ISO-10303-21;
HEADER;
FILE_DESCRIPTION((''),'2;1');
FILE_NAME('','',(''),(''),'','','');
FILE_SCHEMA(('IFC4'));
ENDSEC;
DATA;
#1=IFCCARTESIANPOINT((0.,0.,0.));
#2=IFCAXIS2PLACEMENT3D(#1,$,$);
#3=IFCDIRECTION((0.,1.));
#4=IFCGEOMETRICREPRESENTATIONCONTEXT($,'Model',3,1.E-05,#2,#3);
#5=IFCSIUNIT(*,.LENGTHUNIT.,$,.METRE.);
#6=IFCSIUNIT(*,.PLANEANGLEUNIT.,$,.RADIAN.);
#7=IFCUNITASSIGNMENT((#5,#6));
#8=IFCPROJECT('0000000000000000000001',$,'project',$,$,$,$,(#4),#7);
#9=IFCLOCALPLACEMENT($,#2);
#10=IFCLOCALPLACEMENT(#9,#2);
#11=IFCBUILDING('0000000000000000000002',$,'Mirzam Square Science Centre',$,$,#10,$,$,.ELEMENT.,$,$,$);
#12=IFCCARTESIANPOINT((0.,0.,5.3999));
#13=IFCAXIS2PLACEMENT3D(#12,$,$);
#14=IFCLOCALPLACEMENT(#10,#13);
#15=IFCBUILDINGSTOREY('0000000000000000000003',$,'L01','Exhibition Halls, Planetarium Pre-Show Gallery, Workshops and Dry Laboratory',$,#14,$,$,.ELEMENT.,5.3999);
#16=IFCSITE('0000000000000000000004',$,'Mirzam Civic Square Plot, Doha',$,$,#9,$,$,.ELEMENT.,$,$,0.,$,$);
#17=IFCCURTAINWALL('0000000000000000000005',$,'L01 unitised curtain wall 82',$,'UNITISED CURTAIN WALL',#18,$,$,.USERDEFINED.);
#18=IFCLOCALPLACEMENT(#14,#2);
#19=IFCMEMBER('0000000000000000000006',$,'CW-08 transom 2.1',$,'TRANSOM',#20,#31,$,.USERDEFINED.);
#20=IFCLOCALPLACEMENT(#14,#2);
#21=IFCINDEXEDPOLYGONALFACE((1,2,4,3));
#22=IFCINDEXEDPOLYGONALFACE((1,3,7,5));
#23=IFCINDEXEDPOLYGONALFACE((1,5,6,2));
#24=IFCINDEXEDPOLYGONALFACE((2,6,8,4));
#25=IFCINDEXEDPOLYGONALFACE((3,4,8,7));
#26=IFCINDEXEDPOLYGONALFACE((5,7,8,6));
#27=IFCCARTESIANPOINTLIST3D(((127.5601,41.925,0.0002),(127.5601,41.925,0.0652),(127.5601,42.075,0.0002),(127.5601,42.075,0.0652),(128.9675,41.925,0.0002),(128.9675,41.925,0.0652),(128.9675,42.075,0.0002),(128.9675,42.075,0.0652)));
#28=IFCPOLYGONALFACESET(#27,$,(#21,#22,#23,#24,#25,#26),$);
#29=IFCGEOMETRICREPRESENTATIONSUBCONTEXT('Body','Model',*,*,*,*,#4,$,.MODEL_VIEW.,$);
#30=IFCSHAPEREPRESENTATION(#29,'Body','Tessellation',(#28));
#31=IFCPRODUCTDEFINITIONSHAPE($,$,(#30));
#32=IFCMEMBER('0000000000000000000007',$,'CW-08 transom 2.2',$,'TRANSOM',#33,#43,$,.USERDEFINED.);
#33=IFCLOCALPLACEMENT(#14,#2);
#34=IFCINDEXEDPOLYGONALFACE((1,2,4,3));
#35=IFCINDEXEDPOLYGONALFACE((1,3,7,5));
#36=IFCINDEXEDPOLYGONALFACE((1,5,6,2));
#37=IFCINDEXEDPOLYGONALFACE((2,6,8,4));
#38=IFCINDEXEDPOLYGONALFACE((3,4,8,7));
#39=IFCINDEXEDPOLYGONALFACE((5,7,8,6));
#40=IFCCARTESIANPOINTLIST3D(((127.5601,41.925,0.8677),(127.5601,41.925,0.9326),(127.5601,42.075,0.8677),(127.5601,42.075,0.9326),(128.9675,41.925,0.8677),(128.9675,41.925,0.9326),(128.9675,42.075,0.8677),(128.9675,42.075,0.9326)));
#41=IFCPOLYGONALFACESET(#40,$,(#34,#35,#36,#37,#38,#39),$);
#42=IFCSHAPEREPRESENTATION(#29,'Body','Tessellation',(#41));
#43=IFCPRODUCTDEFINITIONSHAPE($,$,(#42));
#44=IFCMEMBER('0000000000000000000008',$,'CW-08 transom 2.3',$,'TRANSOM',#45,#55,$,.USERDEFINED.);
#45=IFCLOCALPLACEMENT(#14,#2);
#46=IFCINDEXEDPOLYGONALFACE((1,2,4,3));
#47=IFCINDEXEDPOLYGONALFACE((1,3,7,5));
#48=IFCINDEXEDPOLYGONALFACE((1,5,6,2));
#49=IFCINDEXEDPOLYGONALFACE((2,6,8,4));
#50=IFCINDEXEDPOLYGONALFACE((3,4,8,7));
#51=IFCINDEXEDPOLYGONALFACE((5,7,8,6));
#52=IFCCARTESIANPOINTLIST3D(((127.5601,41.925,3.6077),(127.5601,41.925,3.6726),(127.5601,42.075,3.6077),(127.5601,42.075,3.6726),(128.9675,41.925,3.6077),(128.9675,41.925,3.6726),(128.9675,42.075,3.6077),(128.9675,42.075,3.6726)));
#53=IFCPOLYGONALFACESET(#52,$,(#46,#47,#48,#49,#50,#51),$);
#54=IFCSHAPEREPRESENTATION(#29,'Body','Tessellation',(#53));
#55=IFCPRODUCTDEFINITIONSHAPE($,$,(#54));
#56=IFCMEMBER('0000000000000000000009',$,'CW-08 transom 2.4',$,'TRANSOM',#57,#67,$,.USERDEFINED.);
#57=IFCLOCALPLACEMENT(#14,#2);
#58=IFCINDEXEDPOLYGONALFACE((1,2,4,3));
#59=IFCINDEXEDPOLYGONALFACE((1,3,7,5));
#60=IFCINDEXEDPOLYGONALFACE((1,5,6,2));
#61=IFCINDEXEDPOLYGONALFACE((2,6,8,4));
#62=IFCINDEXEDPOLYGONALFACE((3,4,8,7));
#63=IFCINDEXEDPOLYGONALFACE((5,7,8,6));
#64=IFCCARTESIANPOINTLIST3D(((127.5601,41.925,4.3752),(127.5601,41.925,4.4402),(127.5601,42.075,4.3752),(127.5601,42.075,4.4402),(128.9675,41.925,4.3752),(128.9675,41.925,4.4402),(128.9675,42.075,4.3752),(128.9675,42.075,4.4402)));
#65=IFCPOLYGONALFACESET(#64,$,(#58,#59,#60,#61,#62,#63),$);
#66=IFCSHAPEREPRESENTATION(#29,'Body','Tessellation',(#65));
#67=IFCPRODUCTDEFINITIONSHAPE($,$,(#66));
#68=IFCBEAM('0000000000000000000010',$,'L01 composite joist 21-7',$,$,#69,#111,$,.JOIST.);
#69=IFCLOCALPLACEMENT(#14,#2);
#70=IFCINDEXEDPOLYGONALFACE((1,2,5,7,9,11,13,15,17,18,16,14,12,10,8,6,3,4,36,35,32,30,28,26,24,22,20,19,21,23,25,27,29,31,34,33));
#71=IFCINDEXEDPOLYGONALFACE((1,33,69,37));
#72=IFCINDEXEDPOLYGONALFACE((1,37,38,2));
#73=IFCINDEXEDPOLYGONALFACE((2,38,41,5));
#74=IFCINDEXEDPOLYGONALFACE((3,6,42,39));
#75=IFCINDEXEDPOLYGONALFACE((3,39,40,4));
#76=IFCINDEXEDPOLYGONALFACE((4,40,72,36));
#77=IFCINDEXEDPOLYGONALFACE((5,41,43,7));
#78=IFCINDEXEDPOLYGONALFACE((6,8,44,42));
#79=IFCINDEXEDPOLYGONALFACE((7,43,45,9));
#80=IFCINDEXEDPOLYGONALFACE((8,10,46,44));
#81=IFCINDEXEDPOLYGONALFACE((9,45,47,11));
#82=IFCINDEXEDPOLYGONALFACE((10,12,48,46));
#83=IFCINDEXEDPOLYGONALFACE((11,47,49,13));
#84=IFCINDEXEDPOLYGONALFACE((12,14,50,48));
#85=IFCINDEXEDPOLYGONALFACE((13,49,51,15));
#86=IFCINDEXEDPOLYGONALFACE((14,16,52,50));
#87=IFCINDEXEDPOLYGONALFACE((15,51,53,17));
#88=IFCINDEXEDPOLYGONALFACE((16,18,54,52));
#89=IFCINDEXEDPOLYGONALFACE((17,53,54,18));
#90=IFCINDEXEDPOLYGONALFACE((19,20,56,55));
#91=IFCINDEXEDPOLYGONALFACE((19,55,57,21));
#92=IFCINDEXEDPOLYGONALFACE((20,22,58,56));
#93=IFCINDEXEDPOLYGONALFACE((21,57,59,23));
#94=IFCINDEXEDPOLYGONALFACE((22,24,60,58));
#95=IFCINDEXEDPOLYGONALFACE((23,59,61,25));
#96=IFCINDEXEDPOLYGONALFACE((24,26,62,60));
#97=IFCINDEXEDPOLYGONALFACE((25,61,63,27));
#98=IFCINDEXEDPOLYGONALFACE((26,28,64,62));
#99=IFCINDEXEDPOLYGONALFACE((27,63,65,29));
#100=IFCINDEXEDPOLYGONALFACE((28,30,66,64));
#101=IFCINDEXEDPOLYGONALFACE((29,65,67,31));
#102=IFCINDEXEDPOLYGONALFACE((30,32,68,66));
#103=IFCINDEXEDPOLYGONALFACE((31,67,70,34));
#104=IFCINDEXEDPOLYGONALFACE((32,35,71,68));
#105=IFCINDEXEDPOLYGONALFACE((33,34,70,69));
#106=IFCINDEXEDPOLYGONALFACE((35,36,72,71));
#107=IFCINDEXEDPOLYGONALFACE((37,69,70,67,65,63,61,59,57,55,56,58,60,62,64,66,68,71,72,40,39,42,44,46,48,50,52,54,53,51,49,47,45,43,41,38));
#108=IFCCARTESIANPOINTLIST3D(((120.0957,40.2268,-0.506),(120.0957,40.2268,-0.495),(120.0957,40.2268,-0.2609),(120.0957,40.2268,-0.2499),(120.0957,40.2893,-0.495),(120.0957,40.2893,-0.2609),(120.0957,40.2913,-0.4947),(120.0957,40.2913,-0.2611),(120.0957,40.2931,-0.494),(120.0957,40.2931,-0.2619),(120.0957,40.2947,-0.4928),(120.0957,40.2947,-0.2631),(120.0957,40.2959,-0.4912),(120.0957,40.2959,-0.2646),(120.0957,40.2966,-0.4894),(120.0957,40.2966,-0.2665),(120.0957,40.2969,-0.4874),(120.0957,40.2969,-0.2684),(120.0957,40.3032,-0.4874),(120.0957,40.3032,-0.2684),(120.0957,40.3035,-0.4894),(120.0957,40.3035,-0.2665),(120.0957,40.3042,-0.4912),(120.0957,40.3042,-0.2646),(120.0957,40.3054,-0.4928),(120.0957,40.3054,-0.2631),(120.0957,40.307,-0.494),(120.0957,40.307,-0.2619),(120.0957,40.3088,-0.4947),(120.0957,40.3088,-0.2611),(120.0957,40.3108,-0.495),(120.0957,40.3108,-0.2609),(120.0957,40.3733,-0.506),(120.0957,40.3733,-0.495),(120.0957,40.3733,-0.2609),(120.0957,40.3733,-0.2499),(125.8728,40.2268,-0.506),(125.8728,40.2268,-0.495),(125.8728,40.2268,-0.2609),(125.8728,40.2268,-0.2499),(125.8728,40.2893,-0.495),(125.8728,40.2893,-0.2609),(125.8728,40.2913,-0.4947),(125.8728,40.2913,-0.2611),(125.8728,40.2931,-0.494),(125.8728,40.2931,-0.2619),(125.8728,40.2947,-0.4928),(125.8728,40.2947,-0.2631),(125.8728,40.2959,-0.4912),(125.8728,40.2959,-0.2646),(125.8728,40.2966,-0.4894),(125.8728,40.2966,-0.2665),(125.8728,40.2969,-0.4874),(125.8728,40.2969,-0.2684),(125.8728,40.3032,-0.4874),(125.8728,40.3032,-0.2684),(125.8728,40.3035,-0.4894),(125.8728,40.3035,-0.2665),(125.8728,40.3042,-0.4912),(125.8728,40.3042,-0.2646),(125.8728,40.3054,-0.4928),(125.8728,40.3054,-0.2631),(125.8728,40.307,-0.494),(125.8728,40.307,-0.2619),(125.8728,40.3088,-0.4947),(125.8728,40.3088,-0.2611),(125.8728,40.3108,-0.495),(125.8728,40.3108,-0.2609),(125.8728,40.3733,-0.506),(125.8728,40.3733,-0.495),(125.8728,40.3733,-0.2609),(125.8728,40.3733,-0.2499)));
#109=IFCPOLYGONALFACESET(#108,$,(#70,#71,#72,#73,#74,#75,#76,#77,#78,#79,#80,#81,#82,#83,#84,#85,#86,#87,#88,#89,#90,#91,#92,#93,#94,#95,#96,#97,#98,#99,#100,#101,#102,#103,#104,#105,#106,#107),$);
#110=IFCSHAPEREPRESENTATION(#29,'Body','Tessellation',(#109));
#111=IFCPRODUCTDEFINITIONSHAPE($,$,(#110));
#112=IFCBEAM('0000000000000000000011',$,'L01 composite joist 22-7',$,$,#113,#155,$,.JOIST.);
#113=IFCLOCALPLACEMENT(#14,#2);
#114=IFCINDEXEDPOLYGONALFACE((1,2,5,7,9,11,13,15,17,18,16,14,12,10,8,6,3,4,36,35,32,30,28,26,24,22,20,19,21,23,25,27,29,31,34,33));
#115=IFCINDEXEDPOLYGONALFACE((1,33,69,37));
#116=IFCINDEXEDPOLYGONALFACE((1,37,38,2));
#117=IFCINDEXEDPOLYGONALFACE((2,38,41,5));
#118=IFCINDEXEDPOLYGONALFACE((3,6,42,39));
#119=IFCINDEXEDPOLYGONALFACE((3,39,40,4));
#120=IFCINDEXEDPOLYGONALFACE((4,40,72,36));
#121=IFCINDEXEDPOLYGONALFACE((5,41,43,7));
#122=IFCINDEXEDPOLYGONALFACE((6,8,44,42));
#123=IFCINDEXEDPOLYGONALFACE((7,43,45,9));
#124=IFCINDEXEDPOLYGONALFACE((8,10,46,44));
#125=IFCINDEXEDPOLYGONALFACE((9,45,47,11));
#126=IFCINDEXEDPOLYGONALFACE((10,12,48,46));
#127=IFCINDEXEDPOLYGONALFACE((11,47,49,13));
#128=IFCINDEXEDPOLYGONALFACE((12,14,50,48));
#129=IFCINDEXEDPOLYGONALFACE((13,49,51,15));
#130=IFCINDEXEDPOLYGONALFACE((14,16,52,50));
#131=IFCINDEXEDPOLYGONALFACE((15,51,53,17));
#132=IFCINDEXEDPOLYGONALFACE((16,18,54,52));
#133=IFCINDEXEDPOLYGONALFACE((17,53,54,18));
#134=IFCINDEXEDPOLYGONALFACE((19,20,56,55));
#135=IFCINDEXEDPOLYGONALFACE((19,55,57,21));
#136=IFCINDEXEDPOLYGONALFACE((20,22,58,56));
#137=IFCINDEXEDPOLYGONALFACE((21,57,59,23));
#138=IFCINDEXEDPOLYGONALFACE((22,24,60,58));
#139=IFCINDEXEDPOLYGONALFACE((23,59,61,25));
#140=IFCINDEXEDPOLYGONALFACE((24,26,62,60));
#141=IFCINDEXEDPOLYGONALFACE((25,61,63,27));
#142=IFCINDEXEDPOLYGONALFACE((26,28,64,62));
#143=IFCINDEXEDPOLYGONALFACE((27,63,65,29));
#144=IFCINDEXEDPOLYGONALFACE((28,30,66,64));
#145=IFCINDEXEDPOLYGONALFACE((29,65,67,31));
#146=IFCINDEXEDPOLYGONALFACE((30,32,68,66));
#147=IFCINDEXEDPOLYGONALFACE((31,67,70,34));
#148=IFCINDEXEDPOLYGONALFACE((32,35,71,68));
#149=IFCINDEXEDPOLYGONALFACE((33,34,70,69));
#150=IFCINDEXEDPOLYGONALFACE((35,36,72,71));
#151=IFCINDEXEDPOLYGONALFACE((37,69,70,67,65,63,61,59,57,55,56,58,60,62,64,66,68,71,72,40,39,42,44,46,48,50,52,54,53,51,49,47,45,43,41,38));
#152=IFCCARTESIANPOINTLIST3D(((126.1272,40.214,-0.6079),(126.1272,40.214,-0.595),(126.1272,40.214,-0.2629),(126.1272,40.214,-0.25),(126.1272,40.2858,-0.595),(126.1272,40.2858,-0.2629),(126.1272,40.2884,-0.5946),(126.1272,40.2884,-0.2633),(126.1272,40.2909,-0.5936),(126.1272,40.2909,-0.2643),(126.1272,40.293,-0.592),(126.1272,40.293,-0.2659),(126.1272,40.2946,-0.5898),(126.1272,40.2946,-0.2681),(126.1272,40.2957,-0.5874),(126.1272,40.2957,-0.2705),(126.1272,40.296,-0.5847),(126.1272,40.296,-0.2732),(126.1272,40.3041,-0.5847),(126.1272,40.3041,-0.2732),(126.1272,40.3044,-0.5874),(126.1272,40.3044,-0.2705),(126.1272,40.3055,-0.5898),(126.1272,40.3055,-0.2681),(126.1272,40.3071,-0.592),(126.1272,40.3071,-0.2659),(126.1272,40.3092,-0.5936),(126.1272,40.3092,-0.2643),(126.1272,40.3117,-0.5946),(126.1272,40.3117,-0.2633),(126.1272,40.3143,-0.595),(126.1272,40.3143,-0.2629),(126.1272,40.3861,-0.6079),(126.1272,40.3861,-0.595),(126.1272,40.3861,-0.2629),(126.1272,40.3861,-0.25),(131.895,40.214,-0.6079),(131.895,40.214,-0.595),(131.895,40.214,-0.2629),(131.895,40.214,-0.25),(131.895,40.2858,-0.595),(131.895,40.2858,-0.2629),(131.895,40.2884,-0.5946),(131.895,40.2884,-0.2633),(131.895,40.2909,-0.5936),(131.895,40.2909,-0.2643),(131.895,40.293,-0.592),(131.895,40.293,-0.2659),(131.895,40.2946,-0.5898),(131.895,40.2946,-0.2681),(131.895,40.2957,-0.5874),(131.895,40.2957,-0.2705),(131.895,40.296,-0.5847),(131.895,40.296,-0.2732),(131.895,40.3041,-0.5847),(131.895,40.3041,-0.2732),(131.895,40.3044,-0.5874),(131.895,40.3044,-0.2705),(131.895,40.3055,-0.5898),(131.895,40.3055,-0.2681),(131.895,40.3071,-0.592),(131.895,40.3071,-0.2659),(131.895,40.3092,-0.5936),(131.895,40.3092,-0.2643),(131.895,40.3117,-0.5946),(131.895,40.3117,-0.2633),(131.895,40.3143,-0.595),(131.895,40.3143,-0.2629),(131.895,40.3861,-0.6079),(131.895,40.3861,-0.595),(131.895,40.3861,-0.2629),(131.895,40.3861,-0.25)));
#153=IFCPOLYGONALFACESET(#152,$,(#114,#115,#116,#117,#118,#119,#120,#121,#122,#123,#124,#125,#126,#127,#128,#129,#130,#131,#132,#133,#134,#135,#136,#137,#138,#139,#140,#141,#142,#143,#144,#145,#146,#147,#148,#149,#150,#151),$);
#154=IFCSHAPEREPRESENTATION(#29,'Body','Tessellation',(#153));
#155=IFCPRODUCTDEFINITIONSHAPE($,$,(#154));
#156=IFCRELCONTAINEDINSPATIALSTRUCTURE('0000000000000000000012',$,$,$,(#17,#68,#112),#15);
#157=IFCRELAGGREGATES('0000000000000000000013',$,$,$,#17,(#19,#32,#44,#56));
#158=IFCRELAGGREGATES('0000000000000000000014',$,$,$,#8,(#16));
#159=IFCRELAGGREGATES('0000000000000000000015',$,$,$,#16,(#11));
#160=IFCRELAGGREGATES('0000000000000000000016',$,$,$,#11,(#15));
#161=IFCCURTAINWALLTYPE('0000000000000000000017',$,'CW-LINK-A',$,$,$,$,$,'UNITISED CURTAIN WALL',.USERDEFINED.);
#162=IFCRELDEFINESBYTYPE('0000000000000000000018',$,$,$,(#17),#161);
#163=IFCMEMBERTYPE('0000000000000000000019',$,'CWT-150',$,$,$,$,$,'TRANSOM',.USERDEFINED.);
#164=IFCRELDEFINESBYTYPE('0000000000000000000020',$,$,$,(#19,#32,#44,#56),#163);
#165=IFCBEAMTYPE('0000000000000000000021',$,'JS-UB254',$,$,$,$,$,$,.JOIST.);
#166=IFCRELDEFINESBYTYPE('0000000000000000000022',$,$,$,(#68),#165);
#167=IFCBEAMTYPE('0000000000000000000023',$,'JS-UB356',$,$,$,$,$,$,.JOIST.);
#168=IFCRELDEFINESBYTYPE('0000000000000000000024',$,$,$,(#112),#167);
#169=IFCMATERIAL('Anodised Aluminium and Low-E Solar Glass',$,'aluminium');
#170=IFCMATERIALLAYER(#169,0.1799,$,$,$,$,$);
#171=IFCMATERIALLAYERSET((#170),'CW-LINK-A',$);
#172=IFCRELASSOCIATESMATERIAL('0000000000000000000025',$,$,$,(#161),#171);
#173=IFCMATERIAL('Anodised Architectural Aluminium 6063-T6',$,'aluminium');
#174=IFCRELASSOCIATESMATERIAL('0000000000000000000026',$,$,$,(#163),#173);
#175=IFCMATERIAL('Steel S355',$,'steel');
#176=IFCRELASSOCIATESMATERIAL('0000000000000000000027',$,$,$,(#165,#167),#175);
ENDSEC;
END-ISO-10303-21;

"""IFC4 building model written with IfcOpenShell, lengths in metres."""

from ifc_helpers import new_model, si_unit, direction, frame, origin, origin_2d, place, context, subcontext, project, spatial, rectangle, i_section, extrude, material, layer, layer_set, material_profile, profile_set, type_object, element, aggregate, save


model = new_model("IFC4")

# Units and contexts
model_context = context("Model", 3, precision=1e-05, world=origin(), true_north=direction((0.0, 1.0)))
body_context = subcontext(model_context, "Body", "Model", "MODEL_VIEW")
ifc_project = project(units=[si_unit("LENGTHUNIT", "METRE"), si_unit("PLANEANGLEUNIT", "RADIAN")], contexts=[model_context])

# Site, building, storey
site_placement = place(None, origin())
site = spatial("IfcSite", under=ifc_project, at=site_placement, Name="Mirzam Civic Square Plot, Doha", CompositionType="ELEMENT", RefElevation=0.0)
building_placement = place(site_placement, origin())
building = spatial("IfcBuilding", under=site, at=building_placement, Name="Mirzam Square Science Centre", CompositionType="ELEMENT")
storey_placement = place(building_placement, frame((0.0, 0.0, 5.3999)))
storey = spatial("IfcBuildingStorey", under=building, at=storey_placement, Name="L01", Description="Exhibition Halls, Planetarium Pre-Show Gallery, Workshops and Dry Laboratory", CompositionType="ELEMENT", Elevation=5.3999)

# Shared definitions
ifc_material_1 = material(Name="Steel S355", Category="steel")

# Curtain wall, members
ifc_material_2 = material(Name="Anodised Aluminium and Low-E Solar Glass", Category="aluminium")
ifc_layer_1 = layer(ifc_material_2, 0.1799)
ifc_layer_set_1 = layer_set([ifc_layer_1], Name="CW-LINK-A")
curtain_wall_type = type_object("IfcCurtainWallType", Name="CW-LINK-A", ElementType="UNITISED CURTAIN WALL", PredefinedType="USERDEFINED", material=ifc_layer_set_1)
curtain_wall_placement = place(storey_placement, origin())
curtain_wall = element("IfcCurtainWall", 1, at=curtain_wall_placement, inside=storey, type_object=curtain_wall_type, Name="L01 unitised curtain wall 82", ObjectType="UNITISED CURTAIN WALL", PredefinedType="USERDEFINED")
ifc_material_3 = material(Name="Anodised Architectural Aluminium 6063-T6", Category="aluminium")
ifc_material_profile_1 = material_profile(ifc_material_3, rectangle(XDim=0.1499, YDim=0.0649, at=origin_2d()), Name="ALU-TRAN-150x65x4")
ifc_profile_set_1 = profile_set([ifc_material_profile_1], Name="Anodised Architectural Aluminium 6063-T6")
member_type_1 = type_object("IfcMemberType", Name="CWT-150", ElementType="TRANSOM", PredefinedType="USERDEFINED", material=ifc_profile_set_1)
member_1_placement = place(storey_placement, frame((127.5601, 42.0, 0.0327), z_axis=(1.0, 0.0, 0.0), x_axis=(0.0, 1.0, 0.0)))
member_1 = element("IfcMember", 2, at=member_1_placement, type_object=member_type_1, Name="CW-08 transom 2.1", ObjectType="TRANSOM", PredefinedType="USERDEFINED", context=body_context, shape_type="SweptSolid", body=[
    extrude(rectangle(XDim=0.1499, YDim=0.0649, at=origin_2d()), origin(), (0.0, 0.0, 1.0), 1.4075),
])
member_2_placement = place(storey_placement, frame((127.5601, 42.0, 0.9001), z_axis=(1.0, 0.0, 0.0), x_axis=(0.0, 1.0, 0.0)))
member_2 = element("IfcMember", 3, at=member_2_placement, type_object=member_type_1, Name="CW-08 transom 2.2", ObjectType="TRANSOM", PredefinedType="USERDEFINED", context=body_context, shape_type="SweptSolid", body=[
    extrude(rectangle(XDim=0.1499, YDim=0.0649, at=origin_2d()), origin(), (0.0, 0.0, 1.0), 1.4075),
])
member_3_placement = place(storey_placement, frame((127.5601, 42.0, 3.6401), z_axis=(1.0, 0.0, 0.0), x_axis=(0.0, 1.0, 0.0)))
member_3 = element("IfcMember", 4, at=member_3_placement, type_object=member_type_1, Name="CW-08 transom 2.3", ObjectType="TRANSOM", PredefinedType="USERDEFINED", context=body_context, shape_type="SweptSolid", body=[
    extrude(rectangle(XDim=0.1499, YDim=0.0649, at=origin_2d()), origin(), (0.0, 0.0, 1.0), 1.4075),
])
member_4_placement = place(storey_placement, frame((127.5601, 42.0, 4.4077), z_axis=(1.0, 0.0, 0.0), x_axis=(0.0, 1.0, 0.0)))
member_4 = element("IfcMember", 5, at=member_4_placement, type_object=member_type_1, Name="CW-08 transom 2.4", ObjectType="TRANSOM", PredefinedType="USERDEFINED", context=body_context, shape_type="SweptSolid", body=[
    extrude(rectangle(XDim=0.1499, YDim=0.0649, at=origin_2d()), origin(), (0.0, 0.0, 1.0), 1.4075),
])

# Beams
ifc_material_profile_2 = material_profile(ifc_material_1, i_section(OverallWidth=0.1465, OverallDepth=0.2561, WebThickness=0.0063, FlangeThickness=0.011, FilletRadius=0.0076, at=origin_2d()), Name="254x146x37UB")
ifc_profile_set_2 = profile_set([ifc_material_profile_2], Name="Steel S355")
beam_type_1 = type_object("IfcBeamType", Name="JS-UB254", PredefinedType="JOIST", material=ifc_profile_set_2)
beam_1_placement = place(storey_placement, frame((120.0957, 40.3, -0.3779), z_axis=(1.0, 0.0, 0.0), x_axis=(0.0, 1.0, 0.0)))
element("IfcBeam", 6, at=beam_1_placement, inside=storey, type_object=beam_type_1, Name="L01 composite joist 21-7", PredefinedType="JOIST", context=body_context, shape_type="SweptSolid", body=[
    extrude(i_section(OverallWidth=0.1465, OverallDepth=0.2561, WebThickness=0.0063, FlangeThickness=0.011, FilletRadius=0.0076, at=origin_2d()), origin(), (0.0, 0.0, 1.0), 5.7771),
])
ifc_material_profile_3 = material_profile(ifc_material_1, i_section(OverallWidth=0.1721, OverallDepth=0.3579, WebThickness=0.0081, FlangeThickness=0.0129, FilletRadius=0.0103, at=origin_2d()), Name="356x171x57UB")
ifc_profile_set_3 = profile_set([ifc_material_profile_3], Name="Steel S355")
beam_type_2 = type_object("IfcBeamType", Name="JS-UB356", PredefinedType="JOIST", material=ifc_profile_set_3)
beam_2_placement = place(storey_placement, frame((126.1272, 40.3, -0.429), z_axis=(1.0, 0.0, 0.0), x_axis=(0.0, 1.0, 0.0)))
element("IfcBeam", 7, at=beam_2_placement, inside=storey, type_object=beam_type_2, Name="L01 composite joist 22-7", PredefinedType="JOIST", context=body_context, shape_type="SweptSolid", body=[
    extrude(i_section(OverallWidth=0.1721, OverallDepth=0.3579, WebThickness=0.0081, FlangeThickness=0.0129, FilletRadius=0.0103, at=origin_2d()), origin(), (0.0, 0.0, 1.0), 5.7678),
])

aggregate(curtain_wall, [member_1, member_2, member_3, member_4])

save(model, "model.ifc")
